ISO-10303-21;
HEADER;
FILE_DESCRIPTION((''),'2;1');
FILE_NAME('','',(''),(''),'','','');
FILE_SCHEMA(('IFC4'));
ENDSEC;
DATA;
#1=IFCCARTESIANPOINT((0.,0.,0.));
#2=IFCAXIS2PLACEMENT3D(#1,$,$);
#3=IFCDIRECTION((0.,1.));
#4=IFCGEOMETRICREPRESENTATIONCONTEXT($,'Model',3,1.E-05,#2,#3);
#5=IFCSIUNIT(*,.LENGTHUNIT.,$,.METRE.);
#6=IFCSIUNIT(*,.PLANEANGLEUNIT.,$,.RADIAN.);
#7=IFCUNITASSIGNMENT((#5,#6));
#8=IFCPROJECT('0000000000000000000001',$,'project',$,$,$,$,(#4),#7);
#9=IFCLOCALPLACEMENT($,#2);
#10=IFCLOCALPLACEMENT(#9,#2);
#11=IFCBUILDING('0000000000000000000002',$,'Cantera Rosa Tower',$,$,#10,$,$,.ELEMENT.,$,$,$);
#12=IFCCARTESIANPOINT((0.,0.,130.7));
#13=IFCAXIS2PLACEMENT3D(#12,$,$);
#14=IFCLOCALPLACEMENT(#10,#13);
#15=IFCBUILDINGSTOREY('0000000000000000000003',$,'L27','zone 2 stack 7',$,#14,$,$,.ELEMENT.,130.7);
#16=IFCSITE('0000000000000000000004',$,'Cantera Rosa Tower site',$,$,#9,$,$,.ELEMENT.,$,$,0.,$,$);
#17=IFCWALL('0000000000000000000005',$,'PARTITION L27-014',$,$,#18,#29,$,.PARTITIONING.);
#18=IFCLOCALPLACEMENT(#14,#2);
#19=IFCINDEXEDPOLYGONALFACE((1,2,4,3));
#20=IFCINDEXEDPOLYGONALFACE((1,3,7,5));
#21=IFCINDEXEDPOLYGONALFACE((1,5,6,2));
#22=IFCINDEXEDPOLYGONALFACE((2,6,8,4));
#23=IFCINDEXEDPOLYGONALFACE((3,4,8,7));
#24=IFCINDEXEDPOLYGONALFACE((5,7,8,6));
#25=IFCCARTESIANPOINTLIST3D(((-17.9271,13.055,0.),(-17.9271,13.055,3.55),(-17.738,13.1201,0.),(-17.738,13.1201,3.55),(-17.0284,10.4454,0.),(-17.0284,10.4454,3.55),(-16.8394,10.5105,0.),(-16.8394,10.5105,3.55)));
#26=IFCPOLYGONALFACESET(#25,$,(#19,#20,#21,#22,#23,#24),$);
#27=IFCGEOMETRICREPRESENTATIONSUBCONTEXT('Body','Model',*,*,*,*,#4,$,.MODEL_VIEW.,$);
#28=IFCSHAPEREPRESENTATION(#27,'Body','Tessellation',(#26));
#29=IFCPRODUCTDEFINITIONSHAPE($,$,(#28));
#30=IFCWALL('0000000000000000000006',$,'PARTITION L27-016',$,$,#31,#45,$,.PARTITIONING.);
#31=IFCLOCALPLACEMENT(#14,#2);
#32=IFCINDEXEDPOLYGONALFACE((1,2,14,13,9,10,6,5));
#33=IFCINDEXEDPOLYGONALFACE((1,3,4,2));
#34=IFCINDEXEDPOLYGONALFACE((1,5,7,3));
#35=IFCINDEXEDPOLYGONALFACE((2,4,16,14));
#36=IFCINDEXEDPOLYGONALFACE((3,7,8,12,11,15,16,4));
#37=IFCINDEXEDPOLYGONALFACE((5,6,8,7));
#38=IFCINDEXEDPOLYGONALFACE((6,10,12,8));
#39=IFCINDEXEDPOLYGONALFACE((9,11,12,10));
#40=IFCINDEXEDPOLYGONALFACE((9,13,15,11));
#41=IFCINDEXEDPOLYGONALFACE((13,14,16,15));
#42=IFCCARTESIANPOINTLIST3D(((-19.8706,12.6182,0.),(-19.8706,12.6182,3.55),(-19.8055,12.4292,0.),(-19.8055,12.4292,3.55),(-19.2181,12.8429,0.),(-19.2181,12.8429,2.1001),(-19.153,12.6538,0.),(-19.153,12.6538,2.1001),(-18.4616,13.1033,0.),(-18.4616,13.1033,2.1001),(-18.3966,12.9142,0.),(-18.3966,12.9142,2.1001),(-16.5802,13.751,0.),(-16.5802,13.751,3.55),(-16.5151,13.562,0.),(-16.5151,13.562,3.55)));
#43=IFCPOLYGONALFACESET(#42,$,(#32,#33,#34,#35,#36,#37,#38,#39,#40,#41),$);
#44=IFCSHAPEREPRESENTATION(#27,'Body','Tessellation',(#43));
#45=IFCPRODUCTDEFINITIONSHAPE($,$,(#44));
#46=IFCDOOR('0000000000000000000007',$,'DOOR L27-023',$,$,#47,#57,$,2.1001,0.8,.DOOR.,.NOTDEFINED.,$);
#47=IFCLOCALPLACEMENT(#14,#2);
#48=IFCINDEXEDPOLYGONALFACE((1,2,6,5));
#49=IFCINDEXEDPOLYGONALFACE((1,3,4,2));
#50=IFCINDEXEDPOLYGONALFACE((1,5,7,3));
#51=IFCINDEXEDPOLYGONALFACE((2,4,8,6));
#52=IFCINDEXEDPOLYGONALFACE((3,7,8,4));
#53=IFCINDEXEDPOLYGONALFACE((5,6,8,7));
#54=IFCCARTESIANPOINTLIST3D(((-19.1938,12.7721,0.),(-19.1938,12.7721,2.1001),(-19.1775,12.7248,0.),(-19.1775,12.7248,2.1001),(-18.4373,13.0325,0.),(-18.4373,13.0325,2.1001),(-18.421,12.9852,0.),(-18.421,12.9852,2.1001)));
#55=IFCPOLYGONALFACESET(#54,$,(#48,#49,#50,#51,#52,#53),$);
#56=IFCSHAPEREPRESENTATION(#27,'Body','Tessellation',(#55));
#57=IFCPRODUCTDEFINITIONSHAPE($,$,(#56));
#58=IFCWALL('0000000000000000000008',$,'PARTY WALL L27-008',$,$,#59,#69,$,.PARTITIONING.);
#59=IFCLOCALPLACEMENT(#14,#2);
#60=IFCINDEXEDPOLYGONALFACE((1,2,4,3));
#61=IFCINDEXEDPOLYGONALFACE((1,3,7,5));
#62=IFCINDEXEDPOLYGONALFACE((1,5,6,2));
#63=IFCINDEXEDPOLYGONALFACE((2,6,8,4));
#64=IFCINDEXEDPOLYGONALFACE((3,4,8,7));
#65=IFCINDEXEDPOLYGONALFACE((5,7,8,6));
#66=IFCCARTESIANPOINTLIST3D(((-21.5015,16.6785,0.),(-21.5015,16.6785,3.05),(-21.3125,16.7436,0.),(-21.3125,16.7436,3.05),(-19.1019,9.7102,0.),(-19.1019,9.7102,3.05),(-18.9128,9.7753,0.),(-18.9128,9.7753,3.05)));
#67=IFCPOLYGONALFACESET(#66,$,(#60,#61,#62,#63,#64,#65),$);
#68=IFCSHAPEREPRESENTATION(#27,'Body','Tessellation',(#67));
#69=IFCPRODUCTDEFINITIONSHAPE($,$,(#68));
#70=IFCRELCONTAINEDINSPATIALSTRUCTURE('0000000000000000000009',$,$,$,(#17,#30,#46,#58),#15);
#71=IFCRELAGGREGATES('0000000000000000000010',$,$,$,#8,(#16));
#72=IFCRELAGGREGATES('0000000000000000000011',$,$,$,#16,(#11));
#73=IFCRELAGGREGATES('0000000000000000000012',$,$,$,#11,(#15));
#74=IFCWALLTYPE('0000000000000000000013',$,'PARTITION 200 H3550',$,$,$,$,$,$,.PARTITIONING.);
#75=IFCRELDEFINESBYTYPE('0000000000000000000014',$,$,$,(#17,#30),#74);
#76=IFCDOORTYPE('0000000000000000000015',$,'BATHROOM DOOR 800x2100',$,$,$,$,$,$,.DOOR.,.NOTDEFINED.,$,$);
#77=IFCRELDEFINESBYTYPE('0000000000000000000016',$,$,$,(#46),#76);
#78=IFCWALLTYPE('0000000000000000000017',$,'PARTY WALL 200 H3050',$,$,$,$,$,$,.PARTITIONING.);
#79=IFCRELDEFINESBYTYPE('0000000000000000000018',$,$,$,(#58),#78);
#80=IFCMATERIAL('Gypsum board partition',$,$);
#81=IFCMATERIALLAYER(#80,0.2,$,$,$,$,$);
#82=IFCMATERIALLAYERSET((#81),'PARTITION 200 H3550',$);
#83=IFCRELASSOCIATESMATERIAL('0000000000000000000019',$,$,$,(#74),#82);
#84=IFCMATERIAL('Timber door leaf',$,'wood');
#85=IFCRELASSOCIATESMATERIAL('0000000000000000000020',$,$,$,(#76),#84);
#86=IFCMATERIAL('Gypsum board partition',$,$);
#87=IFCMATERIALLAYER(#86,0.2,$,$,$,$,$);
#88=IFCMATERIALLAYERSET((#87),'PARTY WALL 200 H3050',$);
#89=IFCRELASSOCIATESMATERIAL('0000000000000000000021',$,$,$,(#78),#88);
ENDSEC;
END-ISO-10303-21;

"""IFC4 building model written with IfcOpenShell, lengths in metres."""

from ifc_helpers import new_model, si_unit, direction, frame, frame_2d, origin, place, context, subcontext, project, spatial, rectangle, extrude, material, layer, layer_set, type_object, element, fill, save


model = new_model("IFC4")

# Units and contexts
model_context = context("Model", 3, precision=1e-05, world=origin(), true_north=direction((0.0, 1.0)))
body_context = subcontext(model_context, "Body", "Model", "MODEL_VIEW")
ifc_project = project(units=[si_unit("LENGTHUNIT", "METRE"), si_unit("PLANEANGLEUNIT", "RADIAN")], contexts=[model_context])

# Site, building, storey
site_placement = place(None, origin())
site = spatial("IfcSite", under=ifc_project, at=site_placement, Name="Cantera Rosa Tower site", CompositionType="ELEMENT", RefElevation=0.0)
building_placement = place(site_placement, origin())
building = spatial("IfcBuilding", under=site, at=building_placement, Name="Cantera Rosa Tower", CompositionType="ELEMENT")
storey_placement = place(building_placement, frame((0.0, 0.0, 130.7)))
storey = spatial("IfcBuildingStorey", under=building, at=storey_placement, Name="L27", Description="zone 2 stack 7", CompositionType="ELEMENT", Elevation=130.7)

# Wall
ifc_material_1 = material(Name="Gypsum board partition")
ifc_layer_1 = layer(ifc_material_1, 0.2)
ifc_layer_set_1 = layer_set([ifc_layer_1], Name="PARTITION 200 H3550")
wall_type_1 = type_object("IfcWallType", Name="PARTITION 200 H3550", PredefinedType="PARTITIONING", material=ifc_layer_set_1)
wall_1_placement = place(storey_placement, frame((-17.8325, 13.0874, 0.0), z_axis=(0.0, 0.0, 1.0), x_axis=(0.325606, -0.945505, 0.0)))
element("IfcWall", 1, at=wall_1_placement, inside=storey, type_object=wall_type_1, Name="PARTITION L27-014", PredefinedType="PARTITIONING", context=body_context, shape_type="SweptSolid", body=[
    extrude(rectangle(XDim=2.76, YDim=0.2, at=frame_2d((1.3799, 0.0))), origin(), (0.0, 0.0, 1.0), 3.55),
])

# Wall, opening, door
wall_2_placement = place(storey_placement, frame((-16.5476, 13.6565, 0.0), z_axis=(0.0, 0.0, 1.0), x_axis=(-0.945537, -0.325515, 0.0)))
wall_2 = element("IfcWall", 2, at=wall_2_placement, inside=storey, type_object=wall_type_1, Name="PARTITION L27-016", PredefinedType="PARTITIONING", context=body_context, shape_type="SweptSolid", body=[
    extrude(rectangle(XDim=3.48, YDim=0.2, at=frame_2d((1.74, 0.0))), origin(), (0.0, 0.0, 1.0), 3.55),
])
opening_1_placement = place(wall_2_placement, frame((1.99, 0.0, 0.0)))
opening_1 = element("IfcOpeningElement", 3, at=opening_1_placement, cuts=wall_2, PredefinedType="OPENING", context=body_context, shape_type="SweptSolid", body=[
    extrude(rectangle(XDim=0.8, YDim=2.1001, at=frame_2d((0.3999, 1.05))), frame((0.0, 0.1099, 0.0), z_axis=(0.0, -1.0, 0.0), x_axis=(1.0, 0.0, 0.0)), (0.0, 0.0, 1.0), 0.22),
])
ifc_material_2 = material(Name="Timber door leaf", Category="wood")
door_type_1 = type_object("IfcDoorType", Name="BATHROOM DOOR 800x2100", OperationType="NOTDEFINED", PredefinedType="DOOR", material=ifc_material_2)
door_1_placement = place(opening_1_placement, origin())
door_1 = element("IfcDoor", 4, at=door_1_placement, inside=storey, type_object=door_type_1, Name="DOOR L27-023", OperationType="NOTDEFINED", OverallHeight=2.1001, OverallWidth=0.8, PredefinedType="DOOR", context=body_context, shape_type="SweptSolid", body=[
    extrude(rectangle(XDim=0.8, YDim=2.1001, at=frame_2d((0.3999, 1.05))), frame((0.0, 0.0249, 0.0), z_axis=(0.0, -1.0, 0.0), x_axis=(1.0, 0.0, 0.0)), (0.0, 0.0, 1.0), 0.05),
])
fill(opening_1, door_1)

# Wall
ifc_material_3 = material(Name="Gypsum board partition")
ifc_layer_2 = layer(ifc_material_3, 0.2)
ifc_layer_set_2 = layer_set([ifc_layer_2], Name="PARTY WALL 200 H3050")
wall_type_2 = type_object("IfcWallType", Name="PARTY WALL 200 H3050", PredefinedType="PARTITIONING", material=ifc_layer_set_2)
wall_3_placement = place(storey_placement, frame((-19.0073, 9.7427, 0.0), z_axis=(0.0, 0.0, 1.0), x_axis=(-0.325604, 0.945506, 0.0)))
element("IfcWall", 5, at=wall_3_placement, inside=storey, type_object=wall_type_2, Name="PARTY WALL L27-008", PredefinedType="PARTITIONING", context=body_context, shape_type="SweptSolid", body=[
    extrude(rectangle(XDim=7.3699, YDim=0.2, at=frame_2d((3.6851, 0.0))), origin(), (0.0, 0.0, 1.0), 3.05),
])

save(model, "model.ifc")
